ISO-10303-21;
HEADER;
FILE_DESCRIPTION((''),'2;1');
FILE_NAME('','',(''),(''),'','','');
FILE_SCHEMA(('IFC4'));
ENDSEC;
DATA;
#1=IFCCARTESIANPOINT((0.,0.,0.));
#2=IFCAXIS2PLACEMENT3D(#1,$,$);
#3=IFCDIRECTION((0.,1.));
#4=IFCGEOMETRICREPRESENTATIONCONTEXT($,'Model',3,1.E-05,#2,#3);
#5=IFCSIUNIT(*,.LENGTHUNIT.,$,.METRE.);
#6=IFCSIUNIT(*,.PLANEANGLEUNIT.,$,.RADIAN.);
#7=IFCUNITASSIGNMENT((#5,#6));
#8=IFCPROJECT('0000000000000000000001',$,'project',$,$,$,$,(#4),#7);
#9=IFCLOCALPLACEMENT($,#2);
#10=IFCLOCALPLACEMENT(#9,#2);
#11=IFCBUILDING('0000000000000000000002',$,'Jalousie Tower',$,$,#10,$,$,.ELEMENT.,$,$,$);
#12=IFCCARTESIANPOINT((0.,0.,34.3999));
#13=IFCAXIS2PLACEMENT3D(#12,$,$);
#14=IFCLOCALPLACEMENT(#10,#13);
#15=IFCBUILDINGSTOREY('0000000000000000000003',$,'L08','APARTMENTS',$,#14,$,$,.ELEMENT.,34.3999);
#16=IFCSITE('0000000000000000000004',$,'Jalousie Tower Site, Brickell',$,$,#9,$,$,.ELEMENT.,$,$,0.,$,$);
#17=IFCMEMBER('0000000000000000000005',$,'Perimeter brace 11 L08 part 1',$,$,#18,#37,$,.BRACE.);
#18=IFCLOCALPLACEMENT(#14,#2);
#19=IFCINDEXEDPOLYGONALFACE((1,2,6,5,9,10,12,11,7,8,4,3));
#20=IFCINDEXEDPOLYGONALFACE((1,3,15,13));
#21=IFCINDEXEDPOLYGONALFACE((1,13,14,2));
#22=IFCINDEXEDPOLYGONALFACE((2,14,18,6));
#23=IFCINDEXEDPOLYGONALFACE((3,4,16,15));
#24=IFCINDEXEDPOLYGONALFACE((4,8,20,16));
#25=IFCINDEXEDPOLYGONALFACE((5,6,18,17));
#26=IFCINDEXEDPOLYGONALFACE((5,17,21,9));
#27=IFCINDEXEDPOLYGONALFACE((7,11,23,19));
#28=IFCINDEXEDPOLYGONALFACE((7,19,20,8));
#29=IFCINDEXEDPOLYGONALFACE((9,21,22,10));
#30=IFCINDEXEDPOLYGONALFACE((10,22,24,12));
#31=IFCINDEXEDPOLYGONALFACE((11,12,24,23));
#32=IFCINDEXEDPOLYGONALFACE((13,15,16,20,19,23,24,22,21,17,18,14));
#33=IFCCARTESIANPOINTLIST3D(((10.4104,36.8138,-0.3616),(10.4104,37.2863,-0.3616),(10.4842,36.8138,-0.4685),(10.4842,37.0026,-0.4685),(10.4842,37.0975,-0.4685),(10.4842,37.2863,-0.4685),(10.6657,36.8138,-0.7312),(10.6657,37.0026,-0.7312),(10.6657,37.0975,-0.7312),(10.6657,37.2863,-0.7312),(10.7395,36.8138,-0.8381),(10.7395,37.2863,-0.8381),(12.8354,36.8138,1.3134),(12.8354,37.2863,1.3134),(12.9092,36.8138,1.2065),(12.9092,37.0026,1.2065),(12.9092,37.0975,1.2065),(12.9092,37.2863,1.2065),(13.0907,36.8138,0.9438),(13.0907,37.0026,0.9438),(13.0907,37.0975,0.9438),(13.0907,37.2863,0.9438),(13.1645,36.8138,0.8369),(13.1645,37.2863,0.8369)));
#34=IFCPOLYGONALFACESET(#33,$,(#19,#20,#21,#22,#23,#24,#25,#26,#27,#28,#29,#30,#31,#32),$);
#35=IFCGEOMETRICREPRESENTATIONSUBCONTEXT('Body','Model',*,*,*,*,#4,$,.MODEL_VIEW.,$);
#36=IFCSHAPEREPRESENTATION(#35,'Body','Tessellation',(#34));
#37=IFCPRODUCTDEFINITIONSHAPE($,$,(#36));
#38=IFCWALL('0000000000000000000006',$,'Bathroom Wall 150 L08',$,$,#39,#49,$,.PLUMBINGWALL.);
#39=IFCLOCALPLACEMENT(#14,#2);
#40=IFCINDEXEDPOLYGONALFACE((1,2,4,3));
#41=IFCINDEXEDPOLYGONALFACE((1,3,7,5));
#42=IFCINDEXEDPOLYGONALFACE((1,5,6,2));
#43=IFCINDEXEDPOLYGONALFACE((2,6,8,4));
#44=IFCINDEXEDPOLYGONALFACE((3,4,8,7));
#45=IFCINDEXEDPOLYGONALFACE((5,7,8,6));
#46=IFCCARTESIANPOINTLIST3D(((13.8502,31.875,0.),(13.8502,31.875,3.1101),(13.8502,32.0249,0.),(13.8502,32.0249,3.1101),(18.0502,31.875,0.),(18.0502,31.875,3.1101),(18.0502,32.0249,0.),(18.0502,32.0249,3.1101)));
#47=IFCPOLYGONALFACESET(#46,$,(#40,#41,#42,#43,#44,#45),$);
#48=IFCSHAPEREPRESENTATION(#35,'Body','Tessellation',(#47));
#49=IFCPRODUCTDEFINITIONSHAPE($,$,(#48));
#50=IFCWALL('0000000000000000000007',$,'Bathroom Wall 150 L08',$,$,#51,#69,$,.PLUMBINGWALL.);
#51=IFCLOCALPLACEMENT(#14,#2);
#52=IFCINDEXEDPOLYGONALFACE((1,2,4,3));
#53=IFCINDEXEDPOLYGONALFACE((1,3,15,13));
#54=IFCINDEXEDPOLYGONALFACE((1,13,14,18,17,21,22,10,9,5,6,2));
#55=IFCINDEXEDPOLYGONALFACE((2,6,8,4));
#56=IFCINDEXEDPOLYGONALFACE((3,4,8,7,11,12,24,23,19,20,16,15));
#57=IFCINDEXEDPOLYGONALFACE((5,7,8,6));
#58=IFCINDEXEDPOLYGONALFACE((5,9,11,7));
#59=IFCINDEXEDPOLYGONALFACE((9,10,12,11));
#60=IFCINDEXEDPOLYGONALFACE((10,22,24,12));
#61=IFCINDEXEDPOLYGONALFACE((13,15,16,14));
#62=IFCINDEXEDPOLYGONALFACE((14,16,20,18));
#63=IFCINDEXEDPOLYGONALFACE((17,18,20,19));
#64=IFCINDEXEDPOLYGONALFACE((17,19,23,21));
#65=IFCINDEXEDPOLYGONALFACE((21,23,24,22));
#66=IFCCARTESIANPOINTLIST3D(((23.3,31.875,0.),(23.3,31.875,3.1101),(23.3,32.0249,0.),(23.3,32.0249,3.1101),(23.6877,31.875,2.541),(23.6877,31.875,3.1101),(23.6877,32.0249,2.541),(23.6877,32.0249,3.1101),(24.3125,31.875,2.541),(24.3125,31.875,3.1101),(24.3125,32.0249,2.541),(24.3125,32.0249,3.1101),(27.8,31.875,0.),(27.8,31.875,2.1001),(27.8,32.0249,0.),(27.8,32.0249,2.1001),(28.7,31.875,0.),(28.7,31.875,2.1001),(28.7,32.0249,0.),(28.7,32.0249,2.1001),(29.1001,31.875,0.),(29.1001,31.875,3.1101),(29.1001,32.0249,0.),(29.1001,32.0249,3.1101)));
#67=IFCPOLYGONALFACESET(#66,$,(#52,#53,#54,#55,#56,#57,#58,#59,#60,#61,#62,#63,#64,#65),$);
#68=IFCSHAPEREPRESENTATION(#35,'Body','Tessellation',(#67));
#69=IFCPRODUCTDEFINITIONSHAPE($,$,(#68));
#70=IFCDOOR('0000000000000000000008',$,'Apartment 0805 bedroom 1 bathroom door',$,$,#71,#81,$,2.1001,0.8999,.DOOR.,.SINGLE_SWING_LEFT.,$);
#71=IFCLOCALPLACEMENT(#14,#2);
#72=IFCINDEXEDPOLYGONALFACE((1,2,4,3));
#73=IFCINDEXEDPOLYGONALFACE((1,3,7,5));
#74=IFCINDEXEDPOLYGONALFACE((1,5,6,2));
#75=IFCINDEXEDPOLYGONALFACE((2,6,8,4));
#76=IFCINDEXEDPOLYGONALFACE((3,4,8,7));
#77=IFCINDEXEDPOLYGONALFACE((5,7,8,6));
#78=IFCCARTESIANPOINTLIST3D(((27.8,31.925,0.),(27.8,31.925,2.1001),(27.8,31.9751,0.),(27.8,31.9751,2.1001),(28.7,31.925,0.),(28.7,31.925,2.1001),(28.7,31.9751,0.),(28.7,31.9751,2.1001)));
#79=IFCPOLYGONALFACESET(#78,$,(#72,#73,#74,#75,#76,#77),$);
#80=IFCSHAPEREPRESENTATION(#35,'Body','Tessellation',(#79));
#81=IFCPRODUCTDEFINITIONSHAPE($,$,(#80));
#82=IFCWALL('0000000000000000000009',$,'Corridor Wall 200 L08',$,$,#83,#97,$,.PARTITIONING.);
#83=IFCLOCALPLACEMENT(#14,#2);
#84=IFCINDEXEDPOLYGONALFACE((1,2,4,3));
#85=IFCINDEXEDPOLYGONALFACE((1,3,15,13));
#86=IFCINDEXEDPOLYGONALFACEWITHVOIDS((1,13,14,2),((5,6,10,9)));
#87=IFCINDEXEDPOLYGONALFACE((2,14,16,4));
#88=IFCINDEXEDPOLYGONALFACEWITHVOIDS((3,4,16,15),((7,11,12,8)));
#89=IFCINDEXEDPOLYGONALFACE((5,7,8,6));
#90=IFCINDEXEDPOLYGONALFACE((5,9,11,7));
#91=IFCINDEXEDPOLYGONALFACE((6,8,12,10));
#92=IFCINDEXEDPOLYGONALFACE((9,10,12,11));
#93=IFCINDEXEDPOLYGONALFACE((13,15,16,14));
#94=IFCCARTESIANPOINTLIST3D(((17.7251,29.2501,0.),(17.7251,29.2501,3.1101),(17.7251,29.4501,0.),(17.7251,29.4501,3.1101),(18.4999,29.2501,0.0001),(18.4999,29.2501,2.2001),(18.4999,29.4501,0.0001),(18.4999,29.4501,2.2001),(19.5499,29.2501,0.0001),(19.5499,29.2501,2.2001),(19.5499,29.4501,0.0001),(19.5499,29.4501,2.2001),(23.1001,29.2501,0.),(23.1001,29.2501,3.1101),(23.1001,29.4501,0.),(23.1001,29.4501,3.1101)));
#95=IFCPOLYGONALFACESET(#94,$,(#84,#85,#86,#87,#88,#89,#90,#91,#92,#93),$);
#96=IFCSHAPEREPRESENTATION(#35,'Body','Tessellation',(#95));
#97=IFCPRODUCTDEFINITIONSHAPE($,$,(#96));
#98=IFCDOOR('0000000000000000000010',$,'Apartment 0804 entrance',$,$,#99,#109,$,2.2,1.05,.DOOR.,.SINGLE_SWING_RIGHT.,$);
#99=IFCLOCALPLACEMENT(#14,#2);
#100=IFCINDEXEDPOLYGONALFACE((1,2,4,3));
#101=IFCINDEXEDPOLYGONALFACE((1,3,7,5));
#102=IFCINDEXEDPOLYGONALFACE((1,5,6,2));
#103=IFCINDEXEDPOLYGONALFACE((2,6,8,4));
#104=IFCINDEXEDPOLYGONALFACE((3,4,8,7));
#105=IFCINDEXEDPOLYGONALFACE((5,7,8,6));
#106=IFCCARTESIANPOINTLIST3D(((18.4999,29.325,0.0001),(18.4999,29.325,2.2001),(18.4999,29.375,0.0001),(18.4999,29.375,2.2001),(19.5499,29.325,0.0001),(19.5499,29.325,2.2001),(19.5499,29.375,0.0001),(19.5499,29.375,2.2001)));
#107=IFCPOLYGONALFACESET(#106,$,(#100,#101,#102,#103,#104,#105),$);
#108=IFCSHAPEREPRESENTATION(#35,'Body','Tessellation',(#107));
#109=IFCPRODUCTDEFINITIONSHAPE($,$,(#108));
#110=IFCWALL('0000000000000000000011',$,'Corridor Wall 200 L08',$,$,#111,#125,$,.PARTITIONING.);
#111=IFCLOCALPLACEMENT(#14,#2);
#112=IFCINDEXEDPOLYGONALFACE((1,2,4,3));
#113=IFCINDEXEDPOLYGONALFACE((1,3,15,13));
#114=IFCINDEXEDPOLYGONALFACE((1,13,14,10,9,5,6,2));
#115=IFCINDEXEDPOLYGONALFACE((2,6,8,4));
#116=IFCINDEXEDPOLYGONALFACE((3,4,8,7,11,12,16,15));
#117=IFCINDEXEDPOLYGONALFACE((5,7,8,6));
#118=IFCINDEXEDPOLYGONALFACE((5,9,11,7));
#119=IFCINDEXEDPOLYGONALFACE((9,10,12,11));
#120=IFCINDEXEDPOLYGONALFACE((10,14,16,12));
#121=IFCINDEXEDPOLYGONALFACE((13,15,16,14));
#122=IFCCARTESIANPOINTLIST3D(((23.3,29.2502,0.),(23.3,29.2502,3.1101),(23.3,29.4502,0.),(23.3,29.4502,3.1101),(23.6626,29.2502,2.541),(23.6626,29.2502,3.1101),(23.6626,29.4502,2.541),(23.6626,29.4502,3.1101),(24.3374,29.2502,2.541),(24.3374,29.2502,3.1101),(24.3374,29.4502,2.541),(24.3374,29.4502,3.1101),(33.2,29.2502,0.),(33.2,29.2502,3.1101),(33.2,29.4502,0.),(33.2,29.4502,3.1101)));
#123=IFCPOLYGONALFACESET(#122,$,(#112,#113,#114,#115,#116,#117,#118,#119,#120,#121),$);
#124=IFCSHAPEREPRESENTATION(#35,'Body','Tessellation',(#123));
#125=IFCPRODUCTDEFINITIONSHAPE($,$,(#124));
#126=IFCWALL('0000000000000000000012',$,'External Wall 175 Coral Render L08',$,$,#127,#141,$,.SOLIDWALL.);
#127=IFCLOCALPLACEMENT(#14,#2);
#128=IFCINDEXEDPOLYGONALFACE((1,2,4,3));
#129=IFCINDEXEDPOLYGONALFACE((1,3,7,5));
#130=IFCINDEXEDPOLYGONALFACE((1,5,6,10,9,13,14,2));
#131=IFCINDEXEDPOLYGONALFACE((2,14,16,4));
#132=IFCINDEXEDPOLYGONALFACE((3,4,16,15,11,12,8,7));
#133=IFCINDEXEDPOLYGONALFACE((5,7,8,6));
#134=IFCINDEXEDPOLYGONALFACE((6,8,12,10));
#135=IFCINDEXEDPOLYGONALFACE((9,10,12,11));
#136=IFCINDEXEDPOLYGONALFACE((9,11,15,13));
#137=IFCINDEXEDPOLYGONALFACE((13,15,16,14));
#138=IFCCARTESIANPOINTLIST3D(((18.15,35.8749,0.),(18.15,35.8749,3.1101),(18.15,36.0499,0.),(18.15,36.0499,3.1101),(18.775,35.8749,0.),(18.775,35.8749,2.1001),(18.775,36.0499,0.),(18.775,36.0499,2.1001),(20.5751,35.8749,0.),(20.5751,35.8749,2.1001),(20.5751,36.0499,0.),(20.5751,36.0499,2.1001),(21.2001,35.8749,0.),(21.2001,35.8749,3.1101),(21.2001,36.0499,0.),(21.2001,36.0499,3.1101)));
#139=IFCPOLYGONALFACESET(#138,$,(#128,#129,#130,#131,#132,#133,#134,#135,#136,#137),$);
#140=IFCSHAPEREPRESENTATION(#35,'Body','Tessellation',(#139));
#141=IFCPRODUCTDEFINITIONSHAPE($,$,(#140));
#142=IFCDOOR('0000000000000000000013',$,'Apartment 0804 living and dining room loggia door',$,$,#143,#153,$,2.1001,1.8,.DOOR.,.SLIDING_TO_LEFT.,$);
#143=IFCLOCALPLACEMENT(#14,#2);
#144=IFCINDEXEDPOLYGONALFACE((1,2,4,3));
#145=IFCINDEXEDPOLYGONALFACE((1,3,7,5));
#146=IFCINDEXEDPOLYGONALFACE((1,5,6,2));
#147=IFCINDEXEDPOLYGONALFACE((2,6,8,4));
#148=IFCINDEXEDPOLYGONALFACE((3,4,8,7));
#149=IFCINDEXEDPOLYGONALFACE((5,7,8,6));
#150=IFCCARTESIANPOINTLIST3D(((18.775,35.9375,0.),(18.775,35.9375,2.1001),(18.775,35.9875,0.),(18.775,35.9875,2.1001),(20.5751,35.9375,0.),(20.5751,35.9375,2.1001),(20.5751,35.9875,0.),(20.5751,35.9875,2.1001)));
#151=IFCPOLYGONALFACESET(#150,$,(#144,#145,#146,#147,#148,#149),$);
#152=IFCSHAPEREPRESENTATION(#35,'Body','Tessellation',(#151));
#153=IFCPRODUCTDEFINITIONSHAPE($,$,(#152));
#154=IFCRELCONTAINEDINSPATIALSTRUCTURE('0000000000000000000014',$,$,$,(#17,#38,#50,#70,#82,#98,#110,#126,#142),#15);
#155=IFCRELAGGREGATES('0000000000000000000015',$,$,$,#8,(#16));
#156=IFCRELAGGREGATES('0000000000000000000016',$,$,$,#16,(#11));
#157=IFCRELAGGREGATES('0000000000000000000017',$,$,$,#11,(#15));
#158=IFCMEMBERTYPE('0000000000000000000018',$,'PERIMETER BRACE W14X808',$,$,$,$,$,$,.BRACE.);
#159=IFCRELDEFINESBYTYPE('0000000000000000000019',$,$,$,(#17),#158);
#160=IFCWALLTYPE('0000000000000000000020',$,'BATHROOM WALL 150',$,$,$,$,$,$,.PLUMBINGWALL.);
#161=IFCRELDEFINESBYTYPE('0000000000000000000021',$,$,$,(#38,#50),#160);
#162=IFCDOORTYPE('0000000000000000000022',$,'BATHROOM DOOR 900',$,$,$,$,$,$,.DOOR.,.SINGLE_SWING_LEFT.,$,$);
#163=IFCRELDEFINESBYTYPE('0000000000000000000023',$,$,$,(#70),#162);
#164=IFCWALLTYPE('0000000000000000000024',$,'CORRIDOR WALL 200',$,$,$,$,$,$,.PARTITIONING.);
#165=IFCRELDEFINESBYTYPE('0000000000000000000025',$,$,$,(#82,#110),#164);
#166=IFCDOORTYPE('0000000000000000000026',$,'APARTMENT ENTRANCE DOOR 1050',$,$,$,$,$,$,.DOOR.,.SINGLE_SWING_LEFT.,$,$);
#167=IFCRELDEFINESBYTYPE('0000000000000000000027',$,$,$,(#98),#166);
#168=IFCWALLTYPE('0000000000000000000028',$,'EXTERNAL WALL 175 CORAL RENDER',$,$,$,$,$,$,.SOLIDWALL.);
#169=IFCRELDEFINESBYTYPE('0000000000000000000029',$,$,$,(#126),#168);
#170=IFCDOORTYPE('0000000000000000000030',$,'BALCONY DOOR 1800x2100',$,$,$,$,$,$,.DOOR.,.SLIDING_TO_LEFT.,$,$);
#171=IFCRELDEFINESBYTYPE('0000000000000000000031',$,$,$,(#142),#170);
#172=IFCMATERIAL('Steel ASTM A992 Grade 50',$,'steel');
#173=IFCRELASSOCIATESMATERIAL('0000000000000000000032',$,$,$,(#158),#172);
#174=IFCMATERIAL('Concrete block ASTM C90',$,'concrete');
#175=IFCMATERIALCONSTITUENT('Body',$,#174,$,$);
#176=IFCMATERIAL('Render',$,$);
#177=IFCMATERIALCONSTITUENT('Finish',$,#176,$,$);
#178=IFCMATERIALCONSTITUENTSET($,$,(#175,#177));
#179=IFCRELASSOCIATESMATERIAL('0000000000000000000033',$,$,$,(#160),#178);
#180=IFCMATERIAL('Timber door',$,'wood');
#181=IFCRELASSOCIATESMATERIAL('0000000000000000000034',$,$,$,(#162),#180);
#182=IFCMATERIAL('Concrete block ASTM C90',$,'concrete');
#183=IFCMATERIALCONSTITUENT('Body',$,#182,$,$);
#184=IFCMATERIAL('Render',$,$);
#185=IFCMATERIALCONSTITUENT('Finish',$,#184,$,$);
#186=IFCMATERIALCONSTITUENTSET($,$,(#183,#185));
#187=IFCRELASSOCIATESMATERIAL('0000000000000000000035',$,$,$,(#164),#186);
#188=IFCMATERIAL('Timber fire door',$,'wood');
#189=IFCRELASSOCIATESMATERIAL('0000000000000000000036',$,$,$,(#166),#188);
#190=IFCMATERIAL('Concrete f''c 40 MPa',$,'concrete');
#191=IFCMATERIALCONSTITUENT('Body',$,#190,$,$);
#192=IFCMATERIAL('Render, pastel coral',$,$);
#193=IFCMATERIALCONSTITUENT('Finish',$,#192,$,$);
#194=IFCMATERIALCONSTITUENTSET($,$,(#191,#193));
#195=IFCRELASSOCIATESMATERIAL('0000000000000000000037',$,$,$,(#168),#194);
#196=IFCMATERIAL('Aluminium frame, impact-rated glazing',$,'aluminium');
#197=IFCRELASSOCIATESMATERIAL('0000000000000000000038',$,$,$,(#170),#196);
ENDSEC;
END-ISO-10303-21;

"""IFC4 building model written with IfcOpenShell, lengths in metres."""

from ifc_helpers import new_model, si_unit, direction, frame, frame_2d, origin, origin_2d, place, context, subcontext, project, spatial, polyline, rectangle, i_section, outline, extrude, material, constituent, constituent_set, material_profile, profile_set, type_object, element, fill, save


model = new_model("IFC4")

# Units and contexts
model_context = context("Model", 3, precision=1e-05, world=origin(), true_north=direction((0.0, 1.0)))
body_context = subcontext(model_context, "Body", "Model", "MODEL_VIEW")
ifc_project = project(units=[si_unit("LENGTHUNIT", "METRE"), si_unit("PLANEANGLEUNIT", "RADIAN")], contexts=[model_context])

# Site, building, storey
site_placement = place(None, origin())
site = spatial("IfcSite", under=ifc_project, at=site_placement, Name="Jalousie Tower Site, Brickell", CompositionType="ELEMENT", RefElevation=0.0)
building_placement = place(site_placement, origin())
building = spatial("IfcBuilding", under=site, at=building_placement, Name="Jalousie Tower", CompositionType="ELEMENT")
storey_placement = place(building_placement, frame((0.0, 0.0, 34.3999)))
storey = spatial("IfcBuildingStorey", under=building, at=storey_placement, Name="L08", Description="APARTMENTS", CompositionType="ELEMENT", Elevation=34.3999)

# Member
ifc_material_1 = material(Name="Steel ASTM A992 Grade 50", Category="steel")
ifc_material_profile = material_profile(ifc_material_1, i_section(OverallWidth=0.4724, OverallDepth=0.5791, WebThickness=0.095, FlangeThickness=0.1299, at=origin_2d()), Name="W14X808")
ifc_profile_set = profile_set([ifc_material_profile], Name="Steel ASTM A992 Grade 50")
member_type = type_object("IfcMemberType", Name="PERIMETER BRACE W14X808", PredefinedType="BRACE", material=ifc_profile_set)
member_placement = place(storey_placement, frame((10.575, 37.05, -0.5999), z_axis=(0.8228, 0.0, 0.568331), x_axis=(0.0, 1.0, 0.0)))
element("IfcMember", 1, at=member_placement, inside=storey, type_object=member_type, Name="Perimeter brace 11 L08 part 1", PredefinedType="BRACE", context=body_context, shape_type="SweptSolid", body=[
    extrude(i_section(OverallWidth=0.4724, OverallDepth=0.5791, WebThickness=0.095, FlangeThickness=0.1299, at=origin_2d()), origin(), (0.0, 0.0, 1.0), 2.9473),
])

# Wall
ifc_material_2 = material(Name="Concrete block ASTM C90", Category="concrete")
ifc_constituent_1 = constituent(ifc_material_2, Name="Body")
ifc_material_3 = material(Name="Render")
ifc_constituent_2 = constituent(ifc_material_3, Name="Finish")
ifc_constituent_set_1 = constituent_set(constituents=[ifc_constituent_1, ifc_constituent_2])
wall_type_1 = type_object("IfcWallType", Name="BATHROOM WALL 150", PredefinedType="PLUMBINGWALL", material=ifc_constituent_set_1)
wall_1_placement = place(storey_placement, frame((13.8501, 31.95, 0.0), z_axis=(0.0, 0.0, 1.0), x_axis=(1.0, 0.0, 0.0)))
element("IfcWall", 2, at=wall_1_placement, inside=storey, type_object=wall_type_1, Name="Bathroom Wall 150 L08", PredefinedType="PLUMBINGWALL", context=body_context, shape_type="SweptSolid", body=[
    extrude(rectangle(XDim=4.2, YDim=0.1499, at=frame_2d((2.1001, 0.0))), origin(), (0.0, 0.0, 1.0), 3.1101),
])

# Walls, openings, doors
wall_2_placement = place(storey_placement, frame((23.3, 31.95, 0.0), z_axis=(0.0, 0.0, 1.0), x_axis=(1.0, 0.0, 0.0)))
wall_2 = element("IfcWall", 3, at=wall_2_placement, inside=storey, type_object=wall_type_1, Name="Bathroom Wall 150 L08", PredefinedType="PLUMBINGWALL", context=body_context, shape_type="SweptSolid", body=[
    extrude(outline(polyline([(0.0, 0.0), (5.8, 0.0), (5.8, 3.1101), (1.0125, 3.1101), (1.0125, 2.541), (0.3877, 2.541), (0.3877, 3.1101), (0.0, 3.1101), (0.0, 0.0)])), frame((0.0, 0.075, 0.0), z_axis=(0.0, -1.0, 0.0), x_axis=(1.0, 0.0, 0.0)), (0.0, 0.0, 1.0), 0.1499),
])
opening_1_placement = place(wall_2_placement, frame((4.5, 0.0, 0.0)))
opening_1 = element("IfcOpeningElement", 4, at=opening_1_placement, cuts=wall_2, PredefinedType="OPENING", context=body_context, shape_type="SweptSolid", body=[
    extrude(rectangle(XDim=0.8999, YDim=2.1001, at=frame_2d((0.45, 1.05))), frame((0.0, 0.085, 0.0), z_axis=(0.0, -1.0, 0.0), x_axis=(1.0, 0.0, 0.0)), (0.0, 0.0, 1.0), 0.1699),
])
ifc_material_4 = material(Name="Timber door", Category="wood")
door_type_1 = type_object("IfcDoorType", Name="BATHROOM DOOR 900", OperationType="SINGLE_SWING_LEFT", PredefinedType="DOOR", material=ifc_material_4)
door_1_placement = place(opening_1_placement, frame((0.8999, 0.0, 0.0), z_axis=(0.0, 0.0, 1.0), x_axis=(-1.0, 0.0, 0.0)))
door_1 = element("IfcDoor", 5, at=door_1_placement, inside=storey, type_object=door_type_1, Name="Apartment 0805 bedroom 1 bathroom door", OperationType="SINGLE_SWING_LEFT", OverallHeight=2.1001, OverallWidth=0.8999, PredefinedType="DOOR", context=body_context, shape_type="SweptSolid", body=[
    extrude(rectangle(XDim=0.8999, YDim=2.1001, at=frame_2d((0.45, 1.05))), frame((0.0, 0.0249, 0.0), z_axis=(0.0, -1.0, 0.0), x_axis=(1.0, 0.0, 0.0)), (0.0, 0.0, 1.0), 0.05),
])
fill(opening_1, door_1)
ifc_material_5 = material(Name="Concrete block ASTM C90", Category="concrete")
ifc_constituent_3 = constituent(ifc_material_5, Name="Body")
ifc_material_6 = material(Name="Render")
ifc_constituent_4 = constituent(ifc_material_6, Name="Finish")
ifc_constituent_set_2 = constituent_set(constituents=[ifc_constituent_3, ifc_constituent_4])
wall_type_2 = type_object("IfcWallType", Name="CORRIDOR WALL 200", PredefinedType="PARTITIONING", material=ifc_constituent_set_2)
wall_3_placement = place(storey_placement, frame((17.7251, 29.3501, 0.0), z_axis=(0.0, 0.0, 1.0), x_axis=(1.0, 0.0, 0.0)))
wall_3 = element("IfcWall", 6, at=wall_3_placement, inside=storey, type_object=wall_type_2, Name="Corridor Wall 200 L08", PredefinedType="PARTITIONING", context=body_context, shape_type="SweptSolid", body=[
    extrude(rectangle(XDim=5.375, YDim=0.2, at=frame_2d((2.6875, 0.0))), origin(), (0.0, 0.0, 1.0), 3.1101),
])
opening_2_placement = place(wall_3_placement, frame((0.7749, 0.0, 0.0)))
opening_2 = element("IfcOpeningElement", 7, at=opening_2_placement, cuts=wall_3, PredefinedType="OPENING", context=body_context, shape_type="SweptSolid", body=[
    extrude(rectangle(XDim=1.05, YDim=2.2, at=frame_2d((0.5249, 1.1001))), frame((0.0, 0.1099, 0.0), z_axis=(0.0, -1.0, 0.0), x_axis=(1.0, 0.0, 0.0)), (0.0, 0.0, 1.0), 0.22),
])
ifc_material_7 = material(Name="Timber fire door", Category="wood")
door_type_2 = type_object("IfcDoorType", Name="APARTMENT ENTRANCE DOOR 1050", OperationType="SINGLE_SWING_LEFT", PredefinedType="DOOR", material=ifc_material_7)
door_2_placement = place(opening_2_placement, origin())
door_2 = element("IfcDoor", 8, at=door_2_placement, inside=storey, type_object=door_type_2, Name="Apartment 0804 entrance", OperationType="SINGLE_SWING_RIGHT", OverallHeight=2.2, OverallWidth=1.05, PredefinedType="DOOR", context=body_context, shape_type="SweptSolid", body=[
    extrude(rectangle(XDim=1.05, YDim=2.2, at=frame_2d((0.5249, 1.1001))), frame((0.0, 0.0249, 0.0), z_axis=(0.0, -1.0, 0.0), x_axis=(1.0, 0.0, 0.0)), (0.0, 0.0, 1.0), 0.05),
])
fill(opening_2, door_2)

# Wall
wall_4_placement = place(storey_placement, frame((23.3, 29.3501, 0.0), z_axis=(0.0, 0.0, 1.0), x_axis=(1.0, 0.0, 0.0)))
element("IfcWall", 9, at=wall_4_placement, inside=storey, type_object=wall_type_2, Name="Corridor Wall 200 L08", PredefinedType="PARTITIONING", context=body_context, shape_type="SweptSolid", body=[
    extrude(outline(polyline([(0.0, 0.0), (9.8999, 0.0), (9.8999, 3.1101), (1.0374, 3.1101), (1.0374, 2.541), (0.3625, 2.541), (0.3625, 3.1101), (0.0, 3.1101), (0.0, 0.0)])), frame((0.0, 0.1001, 0.0), z_axis=(0.0, -1.0, 0.0), x_axis=(1.0, 0.0, 0.0)), (0.0, 0.0, 1.0), 0.2),
])

# Wall, opening, door
ifc_material_8 = material(Name="Concrete f'c 40 MPa", Category="concrete")
ifc_constituent_5 = constituent(ifc_material_8, Name="Body")
ifc_material_9 = material(Name="Render, pastel coral")
ifc_constituent_6 = constituent(ifc_material_9, Name="Finish")
ifc_constituent_set_3 = constituent_set(constituents=[ifc_constituent_5, ifc_constituent_6])
wall_type_3 = type_object("IfcWallType", Name="EXTERNAL WALL 175 CORAL RENDER", PredefinedType="SOLIDWALL", material=ifc_constituent_set_3)
wall_5_placement = place(storey_placement, frame((21.2, 35.9624, 0.0), z_axis=(0.0, 0.0, 1.0), x_axis=(-1.0, 0.0, 0.0)))
wall_5 = element("IfcWall", 10, at=wall_5_placement, inside=storey, type_object=wall_type_3, Name="External Wall 175 Coral Render L08", PredefinedType="SOLIDWALL", context=body_context, shape_type="SweptSolid", body=[
    extrude(rectangle(XDim=3.05, YDim=0.175, at=frame_2d((1.5249, 0.0))), origin(), (0.0, 0.0, 1.0), 3.1101),
])
opening_3_placement = place(wall_5_placement, frame((0.625, 0.0, 0.0)))
opening_3 = element("IfcOpeningElement", 11, at=opening_3_placement, cuts=wall_5, PredefinedType="OPENING", context=body_context, shape_type="SweptSolid", body=[
    extrude(rectangle(XDim=1.8, YDim=2.1001, at=frame_2d((0.8999, 1.05))), frame((0.0, 0.0974, 0.0), z_axis=(0.0, -1.0, 0.0), x_axis=(1.0, 0.0, 0.0)), (0.0, 0.0, 1.0), 0.1951),
])
ifc_material_10 = material(Name="Aluminium frame, impact-rated glazing", Category="aluminium")
door_type_3 = type_object("IfcDoorType", Name="BALCONY DOOR 1800x2100", OperationType="SLIDING_TO_LEFT", PredefinedType="DOOR", material=ifc_material_10)
door_3_placement = place(opening_3_placement, origin())
door_3 = element("IfcDoor", 12, at=door_3_placement, inside=storey, type_object=door_type_3, Name="Apartment 0804 living and dining room loggia door", OperationType="SLIDING_TO_LEFT", OverallHeight=2.1001, OverallWidth=1.8, PredefinedType="DOOR", context=body_context, shape_type="SweptSolid", body=[
    extrude(rectangle(XDim=1.8, YDim=2.1001, at=frame_2d((0.8999, 1.05))), frame((0.0, 0.0249, 0.0), z_axis=(0.0, -1.0, 0.0), x_axis=(1.0, 0.0, 0.0)), (0.0, 0.0, 1.0), 0.05),
])
fill(opening_3, door_3)

save(model, "model.ifc")
